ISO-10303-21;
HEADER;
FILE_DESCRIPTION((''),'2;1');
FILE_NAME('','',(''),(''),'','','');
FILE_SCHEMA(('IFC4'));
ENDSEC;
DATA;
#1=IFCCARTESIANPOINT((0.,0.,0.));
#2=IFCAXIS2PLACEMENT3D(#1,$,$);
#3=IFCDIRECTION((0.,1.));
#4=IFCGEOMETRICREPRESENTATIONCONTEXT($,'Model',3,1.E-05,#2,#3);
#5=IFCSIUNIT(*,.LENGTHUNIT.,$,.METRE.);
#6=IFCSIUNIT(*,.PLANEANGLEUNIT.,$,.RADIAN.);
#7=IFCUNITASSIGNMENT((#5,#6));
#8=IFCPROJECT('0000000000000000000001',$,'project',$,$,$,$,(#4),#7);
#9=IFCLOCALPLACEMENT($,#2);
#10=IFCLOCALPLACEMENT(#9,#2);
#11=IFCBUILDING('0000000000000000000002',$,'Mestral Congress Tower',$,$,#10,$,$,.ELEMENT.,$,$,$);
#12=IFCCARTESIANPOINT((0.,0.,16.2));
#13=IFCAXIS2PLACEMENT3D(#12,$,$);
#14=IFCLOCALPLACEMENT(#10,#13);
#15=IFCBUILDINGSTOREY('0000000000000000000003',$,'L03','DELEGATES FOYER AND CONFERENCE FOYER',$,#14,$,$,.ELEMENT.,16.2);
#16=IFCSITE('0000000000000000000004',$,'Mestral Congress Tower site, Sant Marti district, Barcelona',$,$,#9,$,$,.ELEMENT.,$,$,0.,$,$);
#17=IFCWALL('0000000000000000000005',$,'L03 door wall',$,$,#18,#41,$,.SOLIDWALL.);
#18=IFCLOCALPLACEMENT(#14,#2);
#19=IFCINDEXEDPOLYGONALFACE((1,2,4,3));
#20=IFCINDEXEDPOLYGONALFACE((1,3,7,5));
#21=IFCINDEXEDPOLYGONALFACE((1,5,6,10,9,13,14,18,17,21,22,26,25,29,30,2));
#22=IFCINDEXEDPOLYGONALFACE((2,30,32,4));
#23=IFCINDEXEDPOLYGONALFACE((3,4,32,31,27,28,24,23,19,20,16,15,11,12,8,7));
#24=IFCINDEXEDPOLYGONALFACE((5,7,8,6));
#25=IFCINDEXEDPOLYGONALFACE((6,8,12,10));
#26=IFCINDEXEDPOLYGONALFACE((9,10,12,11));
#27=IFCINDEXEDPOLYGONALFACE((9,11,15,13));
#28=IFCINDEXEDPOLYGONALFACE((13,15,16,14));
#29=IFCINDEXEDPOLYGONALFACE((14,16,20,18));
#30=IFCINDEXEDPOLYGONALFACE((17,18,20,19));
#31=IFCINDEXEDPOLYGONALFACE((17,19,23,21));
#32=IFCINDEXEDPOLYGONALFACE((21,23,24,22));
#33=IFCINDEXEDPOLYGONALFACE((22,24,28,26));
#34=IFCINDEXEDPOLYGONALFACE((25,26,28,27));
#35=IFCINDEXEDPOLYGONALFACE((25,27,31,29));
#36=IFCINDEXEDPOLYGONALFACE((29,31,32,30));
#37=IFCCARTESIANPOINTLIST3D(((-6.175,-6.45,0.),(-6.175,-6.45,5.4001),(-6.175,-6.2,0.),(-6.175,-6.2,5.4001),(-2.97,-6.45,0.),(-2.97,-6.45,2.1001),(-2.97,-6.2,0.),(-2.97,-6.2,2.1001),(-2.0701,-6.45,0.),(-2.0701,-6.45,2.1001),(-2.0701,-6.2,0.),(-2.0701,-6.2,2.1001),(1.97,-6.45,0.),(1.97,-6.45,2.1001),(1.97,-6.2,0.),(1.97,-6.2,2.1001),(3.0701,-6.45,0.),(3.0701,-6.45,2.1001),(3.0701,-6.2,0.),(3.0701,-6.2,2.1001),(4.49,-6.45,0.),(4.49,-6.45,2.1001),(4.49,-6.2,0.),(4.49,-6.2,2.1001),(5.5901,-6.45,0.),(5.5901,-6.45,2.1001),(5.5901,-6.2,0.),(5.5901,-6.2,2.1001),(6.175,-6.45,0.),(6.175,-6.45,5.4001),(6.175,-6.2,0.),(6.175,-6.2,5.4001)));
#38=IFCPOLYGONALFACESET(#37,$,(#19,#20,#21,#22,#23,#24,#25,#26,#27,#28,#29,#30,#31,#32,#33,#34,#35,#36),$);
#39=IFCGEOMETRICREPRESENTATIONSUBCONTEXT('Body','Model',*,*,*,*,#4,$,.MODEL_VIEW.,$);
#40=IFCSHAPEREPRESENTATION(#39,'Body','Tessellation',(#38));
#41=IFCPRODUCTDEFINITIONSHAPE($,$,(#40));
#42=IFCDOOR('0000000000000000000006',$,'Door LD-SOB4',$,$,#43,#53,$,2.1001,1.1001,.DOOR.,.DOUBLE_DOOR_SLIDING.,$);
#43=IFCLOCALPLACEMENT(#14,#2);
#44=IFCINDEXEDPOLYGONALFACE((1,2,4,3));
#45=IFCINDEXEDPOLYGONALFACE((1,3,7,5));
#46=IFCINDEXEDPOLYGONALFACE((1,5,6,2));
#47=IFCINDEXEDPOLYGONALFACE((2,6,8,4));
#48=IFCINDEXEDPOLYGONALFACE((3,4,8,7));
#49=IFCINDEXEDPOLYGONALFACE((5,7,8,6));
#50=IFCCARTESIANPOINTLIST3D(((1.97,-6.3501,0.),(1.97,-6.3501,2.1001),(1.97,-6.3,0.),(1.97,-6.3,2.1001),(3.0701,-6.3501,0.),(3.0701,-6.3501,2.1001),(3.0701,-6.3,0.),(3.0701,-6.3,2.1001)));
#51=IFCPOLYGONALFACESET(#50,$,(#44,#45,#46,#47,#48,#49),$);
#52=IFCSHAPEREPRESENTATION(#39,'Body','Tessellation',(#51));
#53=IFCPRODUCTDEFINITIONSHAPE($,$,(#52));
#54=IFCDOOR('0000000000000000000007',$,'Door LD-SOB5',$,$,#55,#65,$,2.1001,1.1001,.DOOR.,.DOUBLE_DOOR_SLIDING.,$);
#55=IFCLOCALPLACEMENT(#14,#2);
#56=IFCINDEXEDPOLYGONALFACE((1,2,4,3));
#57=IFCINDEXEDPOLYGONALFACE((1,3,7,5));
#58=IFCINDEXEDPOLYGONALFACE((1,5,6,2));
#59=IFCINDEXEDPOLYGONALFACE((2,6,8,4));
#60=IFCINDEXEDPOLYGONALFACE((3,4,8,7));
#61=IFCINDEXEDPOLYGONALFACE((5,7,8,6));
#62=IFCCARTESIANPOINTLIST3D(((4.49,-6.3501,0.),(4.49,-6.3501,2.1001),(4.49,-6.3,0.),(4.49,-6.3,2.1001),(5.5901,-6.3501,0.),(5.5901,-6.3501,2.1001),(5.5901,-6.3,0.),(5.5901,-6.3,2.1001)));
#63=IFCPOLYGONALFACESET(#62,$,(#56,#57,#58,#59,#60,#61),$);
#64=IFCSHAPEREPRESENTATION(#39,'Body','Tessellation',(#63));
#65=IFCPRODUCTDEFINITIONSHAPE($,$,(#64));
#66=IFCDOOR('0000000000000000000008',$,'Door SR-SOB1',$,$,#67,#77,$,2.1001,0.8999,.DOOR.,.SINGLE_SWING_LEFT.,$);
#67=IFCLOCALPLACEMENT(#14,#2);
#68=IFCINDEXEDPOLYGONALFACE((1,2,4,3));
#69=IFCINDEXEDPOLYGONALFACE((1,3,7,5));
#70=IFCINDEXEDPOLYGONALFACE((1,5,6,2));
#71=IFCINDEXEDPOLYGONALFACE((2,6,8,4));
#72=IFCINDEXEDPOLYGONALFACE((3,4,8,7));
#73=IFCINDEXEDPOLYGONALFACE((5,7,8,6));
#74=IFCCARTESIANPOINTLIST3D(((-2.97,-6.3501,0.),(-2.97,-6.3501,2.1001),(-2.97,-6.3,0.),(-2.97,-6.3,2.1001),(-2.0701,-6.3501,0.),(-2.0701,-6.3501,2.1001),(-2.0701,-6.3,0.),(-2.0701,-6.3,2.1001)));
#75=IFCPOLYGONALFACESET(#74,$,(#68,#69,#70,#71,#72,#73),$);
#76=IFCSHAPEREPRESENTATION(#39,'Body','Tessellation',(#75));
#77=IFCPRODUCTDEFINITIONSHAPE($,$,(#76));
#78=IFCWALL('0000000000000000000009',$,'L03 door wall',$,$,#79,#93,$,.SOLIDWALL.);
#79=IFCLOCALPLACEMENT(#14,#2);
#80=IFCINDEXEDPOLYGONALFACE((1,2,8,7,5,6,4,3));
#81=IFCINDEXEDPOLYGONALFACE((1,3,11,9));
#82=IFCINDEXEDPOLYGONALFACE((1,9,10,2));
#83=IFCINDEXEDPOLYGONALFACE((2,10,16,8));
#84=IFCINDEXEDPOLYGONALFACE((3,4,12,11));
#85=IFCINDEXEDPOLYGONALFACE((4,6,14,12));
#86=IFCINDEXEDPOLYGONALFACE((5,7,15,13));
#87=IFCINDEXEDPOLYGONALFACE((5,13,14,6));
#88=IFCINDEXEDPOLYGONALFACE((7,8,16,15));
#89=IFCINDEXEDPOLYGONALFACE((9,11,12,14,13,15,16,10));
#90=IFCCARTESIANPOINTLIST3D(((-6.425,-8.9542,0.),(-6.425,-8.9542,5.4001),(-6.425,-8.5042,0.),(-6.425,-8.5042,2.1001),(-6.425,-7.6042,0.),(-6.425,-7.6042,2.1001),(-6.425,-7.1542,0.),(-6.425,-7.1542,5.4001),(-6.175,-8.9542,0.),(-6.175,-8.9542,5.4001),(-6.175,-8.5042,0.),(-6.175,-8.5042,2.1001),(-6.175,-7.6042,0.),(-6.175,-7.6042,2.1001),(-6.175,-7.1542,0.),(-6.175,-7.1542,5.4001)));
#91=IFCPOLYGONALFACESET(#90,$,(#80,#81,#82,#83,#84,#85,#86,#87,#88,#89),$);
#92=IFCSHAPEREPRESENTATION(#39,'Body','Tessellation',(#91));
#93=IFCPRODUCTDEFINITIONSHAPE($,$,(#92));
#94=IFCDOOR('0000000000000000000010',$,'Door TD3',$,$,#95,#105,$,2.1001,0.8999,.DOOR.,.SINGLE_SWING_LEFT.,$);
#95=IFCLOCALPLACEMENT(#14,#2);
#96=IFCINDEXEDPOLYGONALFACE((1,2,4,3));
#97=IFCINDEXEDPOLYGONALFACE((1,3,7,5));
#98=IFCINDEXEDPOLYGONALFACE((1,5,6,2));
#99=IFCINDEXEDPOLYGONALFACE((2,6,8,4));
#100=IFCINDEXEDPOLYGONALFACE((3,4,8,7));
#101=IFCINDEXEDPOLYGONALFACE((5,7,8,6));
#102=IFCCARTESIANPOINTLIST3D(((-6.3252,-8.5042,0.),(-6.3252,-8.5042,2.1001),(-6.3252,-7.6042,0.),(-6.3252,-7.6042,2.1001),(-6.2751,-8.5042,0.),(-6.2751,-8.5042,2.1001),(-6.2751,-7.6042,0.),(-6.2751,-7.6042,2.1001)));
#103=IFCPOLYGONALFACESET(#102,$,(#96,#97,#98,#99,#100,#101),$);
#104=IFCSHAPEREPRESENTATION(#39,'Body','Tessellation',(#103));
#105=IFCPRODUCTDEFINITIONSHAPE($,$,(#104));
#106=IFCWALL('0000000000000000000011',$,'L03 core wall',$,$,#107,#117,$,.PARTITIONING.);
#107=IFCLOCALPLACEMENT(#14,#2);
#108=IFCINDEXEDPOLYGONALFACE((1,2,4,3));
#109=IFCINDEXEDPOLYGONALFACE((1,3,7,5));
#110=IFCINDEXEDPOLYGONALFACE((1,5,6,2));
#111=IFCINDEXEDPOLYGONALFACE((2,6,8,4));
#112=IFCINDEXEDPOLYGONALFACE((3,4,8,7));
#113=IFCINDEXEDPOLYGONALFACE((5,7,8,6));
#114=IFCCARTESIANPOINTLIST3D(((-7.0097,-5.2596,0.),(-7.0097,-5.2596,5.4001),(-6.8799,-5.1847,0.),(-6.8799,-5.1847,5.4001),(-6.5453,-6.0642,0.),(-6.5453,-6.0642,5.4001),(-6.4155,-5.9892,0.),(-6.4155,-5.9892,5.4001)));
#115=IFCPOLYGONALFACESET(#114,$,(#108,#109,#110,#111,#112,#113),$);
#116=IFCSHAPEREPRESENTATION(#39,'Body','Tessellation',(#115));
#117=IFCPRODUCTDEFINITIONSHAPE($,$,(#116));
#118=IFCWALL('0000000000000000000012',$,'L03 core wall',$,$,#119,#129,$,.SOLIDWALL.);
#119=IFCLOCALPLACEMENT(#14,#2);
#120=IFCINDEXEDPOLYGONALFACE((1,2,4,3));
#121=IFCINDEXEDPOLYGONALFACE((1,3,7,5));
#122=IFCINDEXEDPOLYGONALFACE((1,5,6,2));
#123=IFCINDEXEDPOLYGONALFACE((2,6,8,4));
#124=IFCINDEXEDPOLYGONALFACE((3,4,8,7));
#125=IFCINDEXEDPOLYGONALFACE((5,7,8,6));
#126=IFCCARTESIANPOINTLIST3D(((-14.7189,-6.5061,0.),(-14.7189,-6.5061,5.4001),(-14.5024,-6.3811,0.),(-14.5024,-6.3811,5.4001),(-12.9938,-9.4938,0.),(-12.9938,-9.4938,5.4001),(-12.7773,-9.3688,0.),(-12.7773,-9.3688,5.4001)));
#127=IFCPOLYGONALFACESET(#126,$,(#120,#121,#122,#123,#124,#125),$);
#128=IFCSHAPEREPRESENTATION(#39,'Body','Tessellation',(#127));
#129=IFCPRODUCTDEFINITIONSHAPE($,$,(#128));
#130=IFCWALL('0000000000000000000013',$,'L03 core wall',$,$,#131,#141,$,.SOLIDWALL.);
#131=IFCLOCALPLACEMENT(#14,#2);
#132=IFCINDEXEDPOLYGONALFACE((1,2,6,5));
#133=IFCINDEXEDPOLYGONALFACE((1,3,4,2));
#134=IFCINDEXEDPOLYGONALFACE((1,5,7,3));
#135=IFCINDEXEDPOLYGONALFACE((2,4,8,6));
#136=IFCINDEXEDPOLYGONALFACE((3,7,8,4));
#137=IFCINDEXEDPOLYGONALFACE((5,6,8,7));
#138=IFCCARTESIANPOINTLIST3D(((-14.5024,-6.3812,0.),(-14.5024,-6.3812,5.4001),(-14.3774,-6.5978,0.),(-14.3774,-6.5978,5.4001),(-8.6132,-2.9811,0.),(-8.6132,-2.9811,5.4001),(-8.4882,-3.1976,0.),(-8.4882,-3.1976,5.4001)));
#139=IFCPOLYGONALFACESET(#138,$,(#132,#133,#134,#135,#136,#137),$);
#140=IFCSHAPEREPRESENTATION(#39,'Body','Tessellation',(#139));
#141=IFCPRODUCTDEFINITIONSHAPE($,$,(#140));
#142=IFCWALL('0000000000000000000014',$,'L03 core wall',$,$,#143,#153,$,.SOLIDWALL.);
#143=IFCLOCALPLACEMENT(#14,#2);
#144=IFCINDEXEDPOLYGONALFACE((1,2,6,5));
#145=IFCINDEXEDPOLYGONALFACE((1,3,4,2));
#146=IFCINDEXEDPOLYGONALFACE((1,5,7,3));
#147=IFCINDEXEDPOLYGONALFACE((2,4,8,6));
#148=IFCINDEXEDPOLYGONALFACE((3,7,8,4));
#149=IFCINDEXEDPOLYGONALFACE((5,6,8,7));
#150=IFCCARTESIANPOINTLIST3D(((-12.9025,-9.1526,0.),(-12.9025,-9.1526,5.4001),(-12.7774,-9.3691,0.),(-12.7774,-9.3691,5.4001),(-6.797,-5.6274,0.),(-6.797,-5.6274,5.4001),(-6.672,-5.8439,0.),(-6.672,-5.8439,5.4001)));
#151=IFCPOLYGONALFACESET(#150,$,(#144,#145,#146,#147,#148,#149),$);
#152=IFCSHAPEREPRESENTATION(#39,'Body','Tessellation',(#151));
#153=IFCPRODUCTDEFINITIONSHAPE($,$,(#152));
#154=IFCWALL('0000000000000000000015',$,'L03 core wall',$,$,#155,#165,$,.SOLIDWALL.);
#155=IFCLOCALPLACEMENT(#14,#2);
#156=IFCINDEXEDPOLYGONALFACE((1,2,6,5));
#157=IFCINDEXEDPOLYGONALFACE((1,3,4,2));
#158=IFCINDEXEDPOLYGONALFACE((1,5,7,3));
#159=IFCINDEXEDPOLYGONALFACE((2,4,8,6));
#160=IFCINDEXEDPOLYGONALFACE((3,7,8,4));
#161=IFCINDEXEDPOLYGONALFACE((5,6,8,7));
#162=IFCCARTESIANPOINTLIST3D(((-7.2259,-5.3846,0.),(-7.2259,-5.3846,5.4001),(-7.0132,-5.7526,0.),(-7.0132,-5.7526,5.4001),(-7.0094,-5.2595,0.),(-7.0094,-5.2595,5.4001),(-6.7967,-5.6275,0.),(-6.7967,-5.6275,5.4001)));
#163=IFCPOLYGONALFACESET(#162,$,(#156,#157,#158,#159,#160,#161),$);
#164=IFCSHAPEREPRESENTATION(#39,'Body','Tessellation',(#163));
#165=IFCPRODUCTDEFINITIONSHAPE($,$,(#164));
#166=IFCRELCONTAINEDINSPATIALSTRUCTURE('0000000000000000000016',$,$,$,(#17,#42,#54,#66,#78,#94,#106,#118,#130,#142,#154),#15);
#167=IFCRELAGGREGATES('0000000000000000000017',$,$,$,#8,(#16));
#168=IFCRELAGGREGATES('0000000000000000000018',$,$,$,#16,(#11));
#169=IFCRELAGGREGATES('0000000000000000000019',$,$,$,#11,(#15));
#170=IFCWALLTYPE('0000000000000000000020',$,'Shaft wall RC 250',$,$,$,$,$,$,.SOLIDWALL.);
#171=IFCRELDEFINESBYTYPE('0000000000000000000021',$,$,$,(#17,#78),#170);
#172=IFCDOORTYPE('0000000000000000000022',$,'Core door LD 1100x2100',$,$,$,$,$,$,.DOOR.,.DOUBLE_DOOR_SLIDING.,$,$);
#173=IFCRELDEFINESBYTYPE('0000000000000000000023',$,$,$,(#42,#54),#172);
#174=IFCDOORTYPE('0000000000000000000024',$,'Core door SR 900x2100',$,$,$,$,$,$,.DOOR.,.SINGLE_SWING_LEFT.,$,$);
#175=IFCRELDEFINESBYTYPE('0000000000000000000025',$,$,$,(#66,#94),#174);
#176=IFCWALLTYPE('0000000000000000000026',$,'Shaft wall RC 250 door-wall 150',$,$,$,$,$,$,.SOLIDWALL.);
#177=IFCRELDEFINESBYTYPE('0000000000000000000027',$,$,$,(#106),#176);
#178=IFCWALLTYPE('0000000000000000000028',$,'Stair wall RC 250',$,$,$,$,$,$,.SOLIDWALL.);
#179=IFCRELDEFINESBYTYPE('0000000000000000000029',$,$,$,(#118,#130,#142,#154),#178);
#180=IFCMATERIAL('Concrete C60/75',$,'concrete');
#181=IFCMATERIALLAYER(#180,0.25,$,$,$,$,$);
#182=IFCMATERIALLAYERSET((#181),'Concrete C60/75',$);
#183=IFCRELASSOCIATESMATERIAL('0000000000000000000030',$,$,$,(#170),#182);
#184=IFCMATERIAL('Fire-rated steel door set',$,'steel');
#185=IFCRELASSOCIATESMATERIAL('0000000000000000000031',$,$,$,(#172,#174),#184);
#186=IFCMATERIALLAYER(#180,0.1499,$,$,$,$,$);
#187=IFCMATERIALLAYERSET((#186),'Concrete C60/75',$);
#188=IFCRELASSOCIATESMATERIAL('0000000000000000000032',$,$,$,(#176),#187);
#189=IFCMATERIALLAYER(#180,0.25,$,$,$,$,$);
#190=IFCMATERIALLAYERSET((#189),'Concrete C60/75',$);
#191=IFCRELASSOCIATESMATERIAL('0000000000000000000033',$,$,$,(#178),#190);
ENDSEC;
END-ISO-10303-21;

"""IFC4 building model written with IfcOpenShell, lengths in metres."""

from ifc_helpers import new_model, si_unit, direction, frame, frame_2d, origin, place, context, subcontext, project, spatial, rectangle, extrude, material, layer, layer_set, type_object, element, fill, save


model = new_model("IFC4")

# Units and contexts
model_context = context("Model", 3, precision=1e-05, world=origin(), true_north=direction((0.0, 1.0)))
body_context = subcontext(model_context, "Body", "Model", "MODEL_VIEW")
ifc_project = project(units=[si_unit("LENGTHUNIT", "METRE"), si_unit("PLANEANGLEUNIT", "RADIAN")], contexts=[model_context])

# Site, building, storey
site_placement = place(None, origin())
site = spatial("IfcSite", under=ifc_project, at=site_placement, Name="Mestral Congress Tower site, Sant Marti district, Barcelona", CompositionType="ELEMENT", RefElevation=0.0)
building_placement = place(site_placement, origin())
building = spatial("IfcBuilding", under=site, at=building_placement, Name="Mestral Congress Tower", CompositionType="ELEMENT")
storey_placement = place(building_placement, frame((0.0, 0.0, 16.2)))
storey = spatial("IfcBuildingStorey", under=building, at=storey_placement, Name="L03", Description="DELEGATES FOYER AND CONFERENCE FOYER", CompositionType="ELEMENT", Elevation=16.2)

# Shared definitions
ifc_material_1 = material(Name="Concrete C60/75", Category="concrete")
ifc_layer_1 = layer(ifc_material_1, 0.25)
ifc_layer_set_1 = layer_set([ifc_layer_1], Name="Concrete C60/75")
wall_type_1 = type_object("IfcWallType", Name="Shaft wall RC 250", PredefinedType="SOLIDWALL", material=ifc_layer_set_1)

# Wall, openings, doors
wall_1_placement = place(storey_placement, frame((-6.175, -6.325, 0.0), z_axis=(0.0, 0.0, 1.0), x_axis=(1.0, 0.0, 0.0)))
wall_1 = element("IfcWall", 1, at=wall_1_placement, inside=storey, type_object=wall_type_1, Name="L03 door wall", PredefinedType="SOLIDWALL", context=body_context, shape_type="SweptSolid", body=[
    extrude(rectangle(XDim=12.3501, YDim=0.25, at=frame_2d((6.175, 0.0))), origin(), (0.0, 0.0, 1.0), 5.4001),
])
opening_1_placement = place(wall_1_placement, frame((3.2051, 0.0, 0.0)))
opening_1 = element("IfcOpeningElement", 2, at=opening_1_placement, cuts=wall_1, PredefinedType="OPENING", context=body_context, shape_type="SweptSolid", body=[
    extrude(rectangle(XDim=0.8999, YDim=2.1001, at=frame_2d((0.45, 1.05))), frame((0.0, 0.135, 0.0), z_axis=(0.0, -1.0, 0.0), x_axis=(1.0, 0.0, 0.0)), (0.0, 0.0, 1.0), 0.27),
])
opening_2_placement = place(wall_1_placement, frame((8.145, 0.0, 0.0)))
opening_2 = element("IfcOpeningElement", 3, at=opening_2_placement, cuts=wall_1, PredefinedType="OPENING", context=body_context, shape_type="SweptSolid", body=[
    extrude(rectangle(XDim=1.1001, YDim=2.1001, at=frame_2d((0.55, 1.05))), frame((0.0, 0.135, 0.0), z_axis=(0.0, -1.0, 0.0), x_axis=(1.0, 0.0, 0.0)), (0.0, 0.0, 1.0), 0.27),
])
opening_3_placement = place(wall_1_placement, frame((10.665, 0.0, 0.0)))
opening_3 = element("IfcOpeningElement", 4, at=opening_3_placement, cuts=wall_1, PredefinedType="OPENING", context=body_context, shape_type="SweptSolid", body=[
    extrude(rectangle(XDim=1.1001, YDim=2.1001, at=frame_2d((0.55, 1.05))), frame((0.0, 0.135, 0.0), z_axis=(0.0, -1.0, 0.0), x_axis=(1.0, 0.0, 0.0)), (0.0, 0.0, 1.0), 0.27),
])
ifc_material_2 = material(Name="Fire-rated steel door set", Category="steel")
door_type_1 = type_object("IfcDoorType", Name="Core door LD 1100x2100", OperationType="DOUBLE_DOOR_SLIDING", PredefinedType="DOOR", material=ifc_material_2)
door_1_placement = place(opening_2_placement, origin())
door_1 = element("IfcDoor", 5, at=door_1_placement, inside=storey, type_object=door_type_1, Name="Door LD-SOB4", OperationType="DOUBLE_DOOR_SLIDING", OverallHeight=2.1001, OverallWidth=1.1001, PredefinedType="DOOR", context=body_context, shape_type="SweptSolid", body=[
    extrude(rectangle(XDim=1.1001, YDim=2.1001, at=frame_2d((0.55, 1.05))), frame((0.0, 0.0249, 0.0), z_axis=(0.0, -1.0, 0.0), x_axis=(1.0, 0.0, 0.0)), (0.0, 0.0, 1.0), 0.05),
])
fill(opening_2, door_1)
door_2_placement = place(opening_3_placement, origin())
door_2 = element("IfcDoor", 6, at=door_2_placement, inside=storey, type_object=door_type_1, Name="Door LD-SOB5", OperationType="DOUBLE_DOOR_SLIDING", OverallHeight=2.1001, OverallWidth=1.1001, PredefinedType="DOOR", context=body_context, shape_type="SweptSolid", body=[
    extrude(rectangle(XDim=1.1001, YDim=2.1001, at=frame_2d((0.55, 1.05))), frame((0.0, 0.0249, 0.0), z_axis=(0.0, -1.0, 0.0), x_axis=(1.0, 0.0, 0.0)), (0.0, 0.0, 1.0), 0.05),
])
fill(opening_3, door_2)
door_type_2 = type_object("IfcDoorType", Name="Core door SR 900x2100", OperationType="SINGLE_SWING_LEFT", PredefinedType="DOOR", material=ifc_material_2)
door_3_placement = place(opening_1_placement, origin())
door_3 = element("IfcDoor", 7, at=door_3_placement, inside=storey, type_object=door_type_2, Name="Door SR-SOB1", OperationType="SINGLE_SWING_LEFT", OverallHeight=2.1001, OverallWidth=0.8999, PredefinedType="DOOR", context=body_context, shape_type="SweptSolid", body=[
    extrude(rectangle(XDim=0.8999, YDim=2.1001, at=frame_2d((0.45, 1.05))), frame((0.0, 0.0249, 0.0), z_axis=(0.0, -1.0, 0.0), x_axis=(1.0, 0.0, 0.0)), (0.0, 0.0, 1.0), 0.05),
])
fill(opening_1, door_3)

# Wall, opening, door
wall_2_placement = place(storey_placement, frame((-6.3, -7.1543, 0.0), z_axis=(0.0, 0.0, 1.0), x_axis=(0.0, -1.0, 0.0)))
wall_2 = element("IfcWall", 8, at=wall_2_placement, inside=storey, type_object=wall_type_1, Name="L03 door wall", PredefinedType="SOLIDWALL", context=body_context, shape_type="SweptSolid", body=[
    extrude(rectangle(XDim=1.8, YDim=0.25, at=frame_2d((0.8999, 0.0))), origin(), (0.0, 0.0, 1.0), 5.4001),
])
opening_4_placement = place(wall_2_placement, frame((0.45, 0.0, 0.0)))
opening_4 = element("IfcOpeningElement", 9, at=opening_4_placement, cuts=wall_2, PredefinedType="OPENING", context=body_context, shape_type="SweptSolid", body=[
    extrude(rectangle(XDim=0.8999, YDim=2.1001, at=frame_2d((0.45, 1.05))), frame((0.0, 0.135, 0.0), z_axis=(0.0, -1.0, 0.0), x_axis=(1.0, 0.0, 0.0)), (0.0, 0.0, 1.0), 0.27),
])
door_4_placement = place(opening_4_placement, origin())
door_4 = element("IfcDoor", 10, at=door_4_placement, inside=storey, type_object=door_type_2, Name="Door TD3", OperationType="SINGLE_SWING_LEFT", OverallHeight=2.1001, OverallWidth=0.8999, PredefinedType="DOOR", context=body_context, shape_type="SweptSolid", body=[
    extrude(rectangle(XDim=0.8999, YDim=2.1001, at=frame_2d((0.45, 1.05))), frame((0.0, 0.0249, 0.0), z_axis=(0.0, -1.0, 0.0), x_axis=(1.0, 0.0, 0.0)), (0.0, 0.0, 1.0), 0.05),
])
fill(opening_4, door_4)

# Walls
ifc_layer_2 = layer(ifc_material_1, 0.1499)
ifc_layer_set_2 = layer_set([ifc_layer_2], Name="Concrete C60/75")
wall_type_2 = type_object("IfcWallType", Name="Shaft wall RC 250 door-wall 150", PredefinedType="SOLIDWALL", material=ifc_layer_set_2)
wall_3_placement = place(storey_placement, frame((-6.4805, -6.0266, 0.0), z_axis=(0.0, 0.0, 1.0), x_axis=(-0.499927, 0.866067, 0.0)))
element("IfcWall", 11, at=wall_3_placement, inside=storey, type_object=wall_type_2, Name="L03 core wall", PredefinedType="PARTITIONING", context=body_context, shape_type="SweptSolid", body=[
    extrude(rectangle(XDim=0.929, YDim=0.1499, at=frame_2d((0.4644, 0.0))), origin(), (0.0, 0.0, 1.0), 5.4001),
])
ifc_layer_3 = layer(ifc_material_1, 0.25)
ifc_layer_set_3 = layer_set([ifc_layer_3], Name="Concrete C60/75")
wall_type_3 = type_object("IfcWallType", Name="Stair wall RC 250", PredefinedType="SOLIDWALL", material=ifc_layer_set_3)
wall_4_placement = place(storey_placement, frame((-12.8855, -9.4314, 0.0), z_axis=(0.0, 0.0, 1.0), x_axis=(-0.500021, 0.866014, 0.0)))
element("IfcWall", 12, at=wall_4_placement, inside=storey, type_object=wall_type_3, Name="L03 core wall", PredefinedType="SOLIDWALL", context=body_context, shape_type="SweptSolid", body=[
    extrude(rectangle(XDim=3.45, YDim=0.25, at=frame_2d((1.7251, 0.0))), origin(), (0.0, 0.0, 1.0), 5.4001),
])
wall_5_placement = place(storey_placement, frame((-14.4399, -6.4895, 0.0), z_axis=(0.0, 0.0, 1.0), x_axis=(0.866023, 0.500004, 0.0)))
element("IfcWall", 13, at=wall_5_placement, inside=storey, type_object=wall_type_3, Name="L03 core wall", PredefinedType="SOLIDWALL", context=body_context, shape_type="SweptSolid", body=[
    extrude(rectangle(XDim=6.8003, YDim=0.25, at=frame_2d((3.4001, 0.0))), origin(), (0.0, 0.0, 1.0), 5.4001),
])
wall_6_placement = place(storey_placement, frame((-12.8398, -9.2607, 0.0), z_axis=(0.0, 0.0, 1.0), x_axis=(0.866016, 0.500016, 0.0)))
element("IfcWall", 14, at=wall_6_placement, inside=storey, type_object=wall_type_3, Name="L03 core wall", PredefinedType="SOLIDWALL", context=body_context, shape_type="SweptSolid", body=[
    extrude(rectangle(XDim=7.05, YDim=0.25, at=frame_2d((3.5249, 0.0))), origin(), (0.0, 0.0, 1.0), 5.4001),
])
wall_7_placement = place(storey_placement, frame((-6.905, -5.6899, 0.0), z_axis=(0.0, 0.0, 1.0), x_axis=(-0.500402, 0.865793, 0.0)))
element("IfcWall", 15, at=wall_7_placement, inside=storey, type_object=wall_type_3, Name="L03 core wall", PredefinedType="SOLIDWALL", context=body_context, shape_type="SweptSolid", body=[
    extrude(rectangle(XDim=0.425, YDim=0.25, at=frame_2d((0.2124, 0.0))), origin(), (0.0, 0.0, 1.0), 5.4001),
])

save(model, "model.ifc")
